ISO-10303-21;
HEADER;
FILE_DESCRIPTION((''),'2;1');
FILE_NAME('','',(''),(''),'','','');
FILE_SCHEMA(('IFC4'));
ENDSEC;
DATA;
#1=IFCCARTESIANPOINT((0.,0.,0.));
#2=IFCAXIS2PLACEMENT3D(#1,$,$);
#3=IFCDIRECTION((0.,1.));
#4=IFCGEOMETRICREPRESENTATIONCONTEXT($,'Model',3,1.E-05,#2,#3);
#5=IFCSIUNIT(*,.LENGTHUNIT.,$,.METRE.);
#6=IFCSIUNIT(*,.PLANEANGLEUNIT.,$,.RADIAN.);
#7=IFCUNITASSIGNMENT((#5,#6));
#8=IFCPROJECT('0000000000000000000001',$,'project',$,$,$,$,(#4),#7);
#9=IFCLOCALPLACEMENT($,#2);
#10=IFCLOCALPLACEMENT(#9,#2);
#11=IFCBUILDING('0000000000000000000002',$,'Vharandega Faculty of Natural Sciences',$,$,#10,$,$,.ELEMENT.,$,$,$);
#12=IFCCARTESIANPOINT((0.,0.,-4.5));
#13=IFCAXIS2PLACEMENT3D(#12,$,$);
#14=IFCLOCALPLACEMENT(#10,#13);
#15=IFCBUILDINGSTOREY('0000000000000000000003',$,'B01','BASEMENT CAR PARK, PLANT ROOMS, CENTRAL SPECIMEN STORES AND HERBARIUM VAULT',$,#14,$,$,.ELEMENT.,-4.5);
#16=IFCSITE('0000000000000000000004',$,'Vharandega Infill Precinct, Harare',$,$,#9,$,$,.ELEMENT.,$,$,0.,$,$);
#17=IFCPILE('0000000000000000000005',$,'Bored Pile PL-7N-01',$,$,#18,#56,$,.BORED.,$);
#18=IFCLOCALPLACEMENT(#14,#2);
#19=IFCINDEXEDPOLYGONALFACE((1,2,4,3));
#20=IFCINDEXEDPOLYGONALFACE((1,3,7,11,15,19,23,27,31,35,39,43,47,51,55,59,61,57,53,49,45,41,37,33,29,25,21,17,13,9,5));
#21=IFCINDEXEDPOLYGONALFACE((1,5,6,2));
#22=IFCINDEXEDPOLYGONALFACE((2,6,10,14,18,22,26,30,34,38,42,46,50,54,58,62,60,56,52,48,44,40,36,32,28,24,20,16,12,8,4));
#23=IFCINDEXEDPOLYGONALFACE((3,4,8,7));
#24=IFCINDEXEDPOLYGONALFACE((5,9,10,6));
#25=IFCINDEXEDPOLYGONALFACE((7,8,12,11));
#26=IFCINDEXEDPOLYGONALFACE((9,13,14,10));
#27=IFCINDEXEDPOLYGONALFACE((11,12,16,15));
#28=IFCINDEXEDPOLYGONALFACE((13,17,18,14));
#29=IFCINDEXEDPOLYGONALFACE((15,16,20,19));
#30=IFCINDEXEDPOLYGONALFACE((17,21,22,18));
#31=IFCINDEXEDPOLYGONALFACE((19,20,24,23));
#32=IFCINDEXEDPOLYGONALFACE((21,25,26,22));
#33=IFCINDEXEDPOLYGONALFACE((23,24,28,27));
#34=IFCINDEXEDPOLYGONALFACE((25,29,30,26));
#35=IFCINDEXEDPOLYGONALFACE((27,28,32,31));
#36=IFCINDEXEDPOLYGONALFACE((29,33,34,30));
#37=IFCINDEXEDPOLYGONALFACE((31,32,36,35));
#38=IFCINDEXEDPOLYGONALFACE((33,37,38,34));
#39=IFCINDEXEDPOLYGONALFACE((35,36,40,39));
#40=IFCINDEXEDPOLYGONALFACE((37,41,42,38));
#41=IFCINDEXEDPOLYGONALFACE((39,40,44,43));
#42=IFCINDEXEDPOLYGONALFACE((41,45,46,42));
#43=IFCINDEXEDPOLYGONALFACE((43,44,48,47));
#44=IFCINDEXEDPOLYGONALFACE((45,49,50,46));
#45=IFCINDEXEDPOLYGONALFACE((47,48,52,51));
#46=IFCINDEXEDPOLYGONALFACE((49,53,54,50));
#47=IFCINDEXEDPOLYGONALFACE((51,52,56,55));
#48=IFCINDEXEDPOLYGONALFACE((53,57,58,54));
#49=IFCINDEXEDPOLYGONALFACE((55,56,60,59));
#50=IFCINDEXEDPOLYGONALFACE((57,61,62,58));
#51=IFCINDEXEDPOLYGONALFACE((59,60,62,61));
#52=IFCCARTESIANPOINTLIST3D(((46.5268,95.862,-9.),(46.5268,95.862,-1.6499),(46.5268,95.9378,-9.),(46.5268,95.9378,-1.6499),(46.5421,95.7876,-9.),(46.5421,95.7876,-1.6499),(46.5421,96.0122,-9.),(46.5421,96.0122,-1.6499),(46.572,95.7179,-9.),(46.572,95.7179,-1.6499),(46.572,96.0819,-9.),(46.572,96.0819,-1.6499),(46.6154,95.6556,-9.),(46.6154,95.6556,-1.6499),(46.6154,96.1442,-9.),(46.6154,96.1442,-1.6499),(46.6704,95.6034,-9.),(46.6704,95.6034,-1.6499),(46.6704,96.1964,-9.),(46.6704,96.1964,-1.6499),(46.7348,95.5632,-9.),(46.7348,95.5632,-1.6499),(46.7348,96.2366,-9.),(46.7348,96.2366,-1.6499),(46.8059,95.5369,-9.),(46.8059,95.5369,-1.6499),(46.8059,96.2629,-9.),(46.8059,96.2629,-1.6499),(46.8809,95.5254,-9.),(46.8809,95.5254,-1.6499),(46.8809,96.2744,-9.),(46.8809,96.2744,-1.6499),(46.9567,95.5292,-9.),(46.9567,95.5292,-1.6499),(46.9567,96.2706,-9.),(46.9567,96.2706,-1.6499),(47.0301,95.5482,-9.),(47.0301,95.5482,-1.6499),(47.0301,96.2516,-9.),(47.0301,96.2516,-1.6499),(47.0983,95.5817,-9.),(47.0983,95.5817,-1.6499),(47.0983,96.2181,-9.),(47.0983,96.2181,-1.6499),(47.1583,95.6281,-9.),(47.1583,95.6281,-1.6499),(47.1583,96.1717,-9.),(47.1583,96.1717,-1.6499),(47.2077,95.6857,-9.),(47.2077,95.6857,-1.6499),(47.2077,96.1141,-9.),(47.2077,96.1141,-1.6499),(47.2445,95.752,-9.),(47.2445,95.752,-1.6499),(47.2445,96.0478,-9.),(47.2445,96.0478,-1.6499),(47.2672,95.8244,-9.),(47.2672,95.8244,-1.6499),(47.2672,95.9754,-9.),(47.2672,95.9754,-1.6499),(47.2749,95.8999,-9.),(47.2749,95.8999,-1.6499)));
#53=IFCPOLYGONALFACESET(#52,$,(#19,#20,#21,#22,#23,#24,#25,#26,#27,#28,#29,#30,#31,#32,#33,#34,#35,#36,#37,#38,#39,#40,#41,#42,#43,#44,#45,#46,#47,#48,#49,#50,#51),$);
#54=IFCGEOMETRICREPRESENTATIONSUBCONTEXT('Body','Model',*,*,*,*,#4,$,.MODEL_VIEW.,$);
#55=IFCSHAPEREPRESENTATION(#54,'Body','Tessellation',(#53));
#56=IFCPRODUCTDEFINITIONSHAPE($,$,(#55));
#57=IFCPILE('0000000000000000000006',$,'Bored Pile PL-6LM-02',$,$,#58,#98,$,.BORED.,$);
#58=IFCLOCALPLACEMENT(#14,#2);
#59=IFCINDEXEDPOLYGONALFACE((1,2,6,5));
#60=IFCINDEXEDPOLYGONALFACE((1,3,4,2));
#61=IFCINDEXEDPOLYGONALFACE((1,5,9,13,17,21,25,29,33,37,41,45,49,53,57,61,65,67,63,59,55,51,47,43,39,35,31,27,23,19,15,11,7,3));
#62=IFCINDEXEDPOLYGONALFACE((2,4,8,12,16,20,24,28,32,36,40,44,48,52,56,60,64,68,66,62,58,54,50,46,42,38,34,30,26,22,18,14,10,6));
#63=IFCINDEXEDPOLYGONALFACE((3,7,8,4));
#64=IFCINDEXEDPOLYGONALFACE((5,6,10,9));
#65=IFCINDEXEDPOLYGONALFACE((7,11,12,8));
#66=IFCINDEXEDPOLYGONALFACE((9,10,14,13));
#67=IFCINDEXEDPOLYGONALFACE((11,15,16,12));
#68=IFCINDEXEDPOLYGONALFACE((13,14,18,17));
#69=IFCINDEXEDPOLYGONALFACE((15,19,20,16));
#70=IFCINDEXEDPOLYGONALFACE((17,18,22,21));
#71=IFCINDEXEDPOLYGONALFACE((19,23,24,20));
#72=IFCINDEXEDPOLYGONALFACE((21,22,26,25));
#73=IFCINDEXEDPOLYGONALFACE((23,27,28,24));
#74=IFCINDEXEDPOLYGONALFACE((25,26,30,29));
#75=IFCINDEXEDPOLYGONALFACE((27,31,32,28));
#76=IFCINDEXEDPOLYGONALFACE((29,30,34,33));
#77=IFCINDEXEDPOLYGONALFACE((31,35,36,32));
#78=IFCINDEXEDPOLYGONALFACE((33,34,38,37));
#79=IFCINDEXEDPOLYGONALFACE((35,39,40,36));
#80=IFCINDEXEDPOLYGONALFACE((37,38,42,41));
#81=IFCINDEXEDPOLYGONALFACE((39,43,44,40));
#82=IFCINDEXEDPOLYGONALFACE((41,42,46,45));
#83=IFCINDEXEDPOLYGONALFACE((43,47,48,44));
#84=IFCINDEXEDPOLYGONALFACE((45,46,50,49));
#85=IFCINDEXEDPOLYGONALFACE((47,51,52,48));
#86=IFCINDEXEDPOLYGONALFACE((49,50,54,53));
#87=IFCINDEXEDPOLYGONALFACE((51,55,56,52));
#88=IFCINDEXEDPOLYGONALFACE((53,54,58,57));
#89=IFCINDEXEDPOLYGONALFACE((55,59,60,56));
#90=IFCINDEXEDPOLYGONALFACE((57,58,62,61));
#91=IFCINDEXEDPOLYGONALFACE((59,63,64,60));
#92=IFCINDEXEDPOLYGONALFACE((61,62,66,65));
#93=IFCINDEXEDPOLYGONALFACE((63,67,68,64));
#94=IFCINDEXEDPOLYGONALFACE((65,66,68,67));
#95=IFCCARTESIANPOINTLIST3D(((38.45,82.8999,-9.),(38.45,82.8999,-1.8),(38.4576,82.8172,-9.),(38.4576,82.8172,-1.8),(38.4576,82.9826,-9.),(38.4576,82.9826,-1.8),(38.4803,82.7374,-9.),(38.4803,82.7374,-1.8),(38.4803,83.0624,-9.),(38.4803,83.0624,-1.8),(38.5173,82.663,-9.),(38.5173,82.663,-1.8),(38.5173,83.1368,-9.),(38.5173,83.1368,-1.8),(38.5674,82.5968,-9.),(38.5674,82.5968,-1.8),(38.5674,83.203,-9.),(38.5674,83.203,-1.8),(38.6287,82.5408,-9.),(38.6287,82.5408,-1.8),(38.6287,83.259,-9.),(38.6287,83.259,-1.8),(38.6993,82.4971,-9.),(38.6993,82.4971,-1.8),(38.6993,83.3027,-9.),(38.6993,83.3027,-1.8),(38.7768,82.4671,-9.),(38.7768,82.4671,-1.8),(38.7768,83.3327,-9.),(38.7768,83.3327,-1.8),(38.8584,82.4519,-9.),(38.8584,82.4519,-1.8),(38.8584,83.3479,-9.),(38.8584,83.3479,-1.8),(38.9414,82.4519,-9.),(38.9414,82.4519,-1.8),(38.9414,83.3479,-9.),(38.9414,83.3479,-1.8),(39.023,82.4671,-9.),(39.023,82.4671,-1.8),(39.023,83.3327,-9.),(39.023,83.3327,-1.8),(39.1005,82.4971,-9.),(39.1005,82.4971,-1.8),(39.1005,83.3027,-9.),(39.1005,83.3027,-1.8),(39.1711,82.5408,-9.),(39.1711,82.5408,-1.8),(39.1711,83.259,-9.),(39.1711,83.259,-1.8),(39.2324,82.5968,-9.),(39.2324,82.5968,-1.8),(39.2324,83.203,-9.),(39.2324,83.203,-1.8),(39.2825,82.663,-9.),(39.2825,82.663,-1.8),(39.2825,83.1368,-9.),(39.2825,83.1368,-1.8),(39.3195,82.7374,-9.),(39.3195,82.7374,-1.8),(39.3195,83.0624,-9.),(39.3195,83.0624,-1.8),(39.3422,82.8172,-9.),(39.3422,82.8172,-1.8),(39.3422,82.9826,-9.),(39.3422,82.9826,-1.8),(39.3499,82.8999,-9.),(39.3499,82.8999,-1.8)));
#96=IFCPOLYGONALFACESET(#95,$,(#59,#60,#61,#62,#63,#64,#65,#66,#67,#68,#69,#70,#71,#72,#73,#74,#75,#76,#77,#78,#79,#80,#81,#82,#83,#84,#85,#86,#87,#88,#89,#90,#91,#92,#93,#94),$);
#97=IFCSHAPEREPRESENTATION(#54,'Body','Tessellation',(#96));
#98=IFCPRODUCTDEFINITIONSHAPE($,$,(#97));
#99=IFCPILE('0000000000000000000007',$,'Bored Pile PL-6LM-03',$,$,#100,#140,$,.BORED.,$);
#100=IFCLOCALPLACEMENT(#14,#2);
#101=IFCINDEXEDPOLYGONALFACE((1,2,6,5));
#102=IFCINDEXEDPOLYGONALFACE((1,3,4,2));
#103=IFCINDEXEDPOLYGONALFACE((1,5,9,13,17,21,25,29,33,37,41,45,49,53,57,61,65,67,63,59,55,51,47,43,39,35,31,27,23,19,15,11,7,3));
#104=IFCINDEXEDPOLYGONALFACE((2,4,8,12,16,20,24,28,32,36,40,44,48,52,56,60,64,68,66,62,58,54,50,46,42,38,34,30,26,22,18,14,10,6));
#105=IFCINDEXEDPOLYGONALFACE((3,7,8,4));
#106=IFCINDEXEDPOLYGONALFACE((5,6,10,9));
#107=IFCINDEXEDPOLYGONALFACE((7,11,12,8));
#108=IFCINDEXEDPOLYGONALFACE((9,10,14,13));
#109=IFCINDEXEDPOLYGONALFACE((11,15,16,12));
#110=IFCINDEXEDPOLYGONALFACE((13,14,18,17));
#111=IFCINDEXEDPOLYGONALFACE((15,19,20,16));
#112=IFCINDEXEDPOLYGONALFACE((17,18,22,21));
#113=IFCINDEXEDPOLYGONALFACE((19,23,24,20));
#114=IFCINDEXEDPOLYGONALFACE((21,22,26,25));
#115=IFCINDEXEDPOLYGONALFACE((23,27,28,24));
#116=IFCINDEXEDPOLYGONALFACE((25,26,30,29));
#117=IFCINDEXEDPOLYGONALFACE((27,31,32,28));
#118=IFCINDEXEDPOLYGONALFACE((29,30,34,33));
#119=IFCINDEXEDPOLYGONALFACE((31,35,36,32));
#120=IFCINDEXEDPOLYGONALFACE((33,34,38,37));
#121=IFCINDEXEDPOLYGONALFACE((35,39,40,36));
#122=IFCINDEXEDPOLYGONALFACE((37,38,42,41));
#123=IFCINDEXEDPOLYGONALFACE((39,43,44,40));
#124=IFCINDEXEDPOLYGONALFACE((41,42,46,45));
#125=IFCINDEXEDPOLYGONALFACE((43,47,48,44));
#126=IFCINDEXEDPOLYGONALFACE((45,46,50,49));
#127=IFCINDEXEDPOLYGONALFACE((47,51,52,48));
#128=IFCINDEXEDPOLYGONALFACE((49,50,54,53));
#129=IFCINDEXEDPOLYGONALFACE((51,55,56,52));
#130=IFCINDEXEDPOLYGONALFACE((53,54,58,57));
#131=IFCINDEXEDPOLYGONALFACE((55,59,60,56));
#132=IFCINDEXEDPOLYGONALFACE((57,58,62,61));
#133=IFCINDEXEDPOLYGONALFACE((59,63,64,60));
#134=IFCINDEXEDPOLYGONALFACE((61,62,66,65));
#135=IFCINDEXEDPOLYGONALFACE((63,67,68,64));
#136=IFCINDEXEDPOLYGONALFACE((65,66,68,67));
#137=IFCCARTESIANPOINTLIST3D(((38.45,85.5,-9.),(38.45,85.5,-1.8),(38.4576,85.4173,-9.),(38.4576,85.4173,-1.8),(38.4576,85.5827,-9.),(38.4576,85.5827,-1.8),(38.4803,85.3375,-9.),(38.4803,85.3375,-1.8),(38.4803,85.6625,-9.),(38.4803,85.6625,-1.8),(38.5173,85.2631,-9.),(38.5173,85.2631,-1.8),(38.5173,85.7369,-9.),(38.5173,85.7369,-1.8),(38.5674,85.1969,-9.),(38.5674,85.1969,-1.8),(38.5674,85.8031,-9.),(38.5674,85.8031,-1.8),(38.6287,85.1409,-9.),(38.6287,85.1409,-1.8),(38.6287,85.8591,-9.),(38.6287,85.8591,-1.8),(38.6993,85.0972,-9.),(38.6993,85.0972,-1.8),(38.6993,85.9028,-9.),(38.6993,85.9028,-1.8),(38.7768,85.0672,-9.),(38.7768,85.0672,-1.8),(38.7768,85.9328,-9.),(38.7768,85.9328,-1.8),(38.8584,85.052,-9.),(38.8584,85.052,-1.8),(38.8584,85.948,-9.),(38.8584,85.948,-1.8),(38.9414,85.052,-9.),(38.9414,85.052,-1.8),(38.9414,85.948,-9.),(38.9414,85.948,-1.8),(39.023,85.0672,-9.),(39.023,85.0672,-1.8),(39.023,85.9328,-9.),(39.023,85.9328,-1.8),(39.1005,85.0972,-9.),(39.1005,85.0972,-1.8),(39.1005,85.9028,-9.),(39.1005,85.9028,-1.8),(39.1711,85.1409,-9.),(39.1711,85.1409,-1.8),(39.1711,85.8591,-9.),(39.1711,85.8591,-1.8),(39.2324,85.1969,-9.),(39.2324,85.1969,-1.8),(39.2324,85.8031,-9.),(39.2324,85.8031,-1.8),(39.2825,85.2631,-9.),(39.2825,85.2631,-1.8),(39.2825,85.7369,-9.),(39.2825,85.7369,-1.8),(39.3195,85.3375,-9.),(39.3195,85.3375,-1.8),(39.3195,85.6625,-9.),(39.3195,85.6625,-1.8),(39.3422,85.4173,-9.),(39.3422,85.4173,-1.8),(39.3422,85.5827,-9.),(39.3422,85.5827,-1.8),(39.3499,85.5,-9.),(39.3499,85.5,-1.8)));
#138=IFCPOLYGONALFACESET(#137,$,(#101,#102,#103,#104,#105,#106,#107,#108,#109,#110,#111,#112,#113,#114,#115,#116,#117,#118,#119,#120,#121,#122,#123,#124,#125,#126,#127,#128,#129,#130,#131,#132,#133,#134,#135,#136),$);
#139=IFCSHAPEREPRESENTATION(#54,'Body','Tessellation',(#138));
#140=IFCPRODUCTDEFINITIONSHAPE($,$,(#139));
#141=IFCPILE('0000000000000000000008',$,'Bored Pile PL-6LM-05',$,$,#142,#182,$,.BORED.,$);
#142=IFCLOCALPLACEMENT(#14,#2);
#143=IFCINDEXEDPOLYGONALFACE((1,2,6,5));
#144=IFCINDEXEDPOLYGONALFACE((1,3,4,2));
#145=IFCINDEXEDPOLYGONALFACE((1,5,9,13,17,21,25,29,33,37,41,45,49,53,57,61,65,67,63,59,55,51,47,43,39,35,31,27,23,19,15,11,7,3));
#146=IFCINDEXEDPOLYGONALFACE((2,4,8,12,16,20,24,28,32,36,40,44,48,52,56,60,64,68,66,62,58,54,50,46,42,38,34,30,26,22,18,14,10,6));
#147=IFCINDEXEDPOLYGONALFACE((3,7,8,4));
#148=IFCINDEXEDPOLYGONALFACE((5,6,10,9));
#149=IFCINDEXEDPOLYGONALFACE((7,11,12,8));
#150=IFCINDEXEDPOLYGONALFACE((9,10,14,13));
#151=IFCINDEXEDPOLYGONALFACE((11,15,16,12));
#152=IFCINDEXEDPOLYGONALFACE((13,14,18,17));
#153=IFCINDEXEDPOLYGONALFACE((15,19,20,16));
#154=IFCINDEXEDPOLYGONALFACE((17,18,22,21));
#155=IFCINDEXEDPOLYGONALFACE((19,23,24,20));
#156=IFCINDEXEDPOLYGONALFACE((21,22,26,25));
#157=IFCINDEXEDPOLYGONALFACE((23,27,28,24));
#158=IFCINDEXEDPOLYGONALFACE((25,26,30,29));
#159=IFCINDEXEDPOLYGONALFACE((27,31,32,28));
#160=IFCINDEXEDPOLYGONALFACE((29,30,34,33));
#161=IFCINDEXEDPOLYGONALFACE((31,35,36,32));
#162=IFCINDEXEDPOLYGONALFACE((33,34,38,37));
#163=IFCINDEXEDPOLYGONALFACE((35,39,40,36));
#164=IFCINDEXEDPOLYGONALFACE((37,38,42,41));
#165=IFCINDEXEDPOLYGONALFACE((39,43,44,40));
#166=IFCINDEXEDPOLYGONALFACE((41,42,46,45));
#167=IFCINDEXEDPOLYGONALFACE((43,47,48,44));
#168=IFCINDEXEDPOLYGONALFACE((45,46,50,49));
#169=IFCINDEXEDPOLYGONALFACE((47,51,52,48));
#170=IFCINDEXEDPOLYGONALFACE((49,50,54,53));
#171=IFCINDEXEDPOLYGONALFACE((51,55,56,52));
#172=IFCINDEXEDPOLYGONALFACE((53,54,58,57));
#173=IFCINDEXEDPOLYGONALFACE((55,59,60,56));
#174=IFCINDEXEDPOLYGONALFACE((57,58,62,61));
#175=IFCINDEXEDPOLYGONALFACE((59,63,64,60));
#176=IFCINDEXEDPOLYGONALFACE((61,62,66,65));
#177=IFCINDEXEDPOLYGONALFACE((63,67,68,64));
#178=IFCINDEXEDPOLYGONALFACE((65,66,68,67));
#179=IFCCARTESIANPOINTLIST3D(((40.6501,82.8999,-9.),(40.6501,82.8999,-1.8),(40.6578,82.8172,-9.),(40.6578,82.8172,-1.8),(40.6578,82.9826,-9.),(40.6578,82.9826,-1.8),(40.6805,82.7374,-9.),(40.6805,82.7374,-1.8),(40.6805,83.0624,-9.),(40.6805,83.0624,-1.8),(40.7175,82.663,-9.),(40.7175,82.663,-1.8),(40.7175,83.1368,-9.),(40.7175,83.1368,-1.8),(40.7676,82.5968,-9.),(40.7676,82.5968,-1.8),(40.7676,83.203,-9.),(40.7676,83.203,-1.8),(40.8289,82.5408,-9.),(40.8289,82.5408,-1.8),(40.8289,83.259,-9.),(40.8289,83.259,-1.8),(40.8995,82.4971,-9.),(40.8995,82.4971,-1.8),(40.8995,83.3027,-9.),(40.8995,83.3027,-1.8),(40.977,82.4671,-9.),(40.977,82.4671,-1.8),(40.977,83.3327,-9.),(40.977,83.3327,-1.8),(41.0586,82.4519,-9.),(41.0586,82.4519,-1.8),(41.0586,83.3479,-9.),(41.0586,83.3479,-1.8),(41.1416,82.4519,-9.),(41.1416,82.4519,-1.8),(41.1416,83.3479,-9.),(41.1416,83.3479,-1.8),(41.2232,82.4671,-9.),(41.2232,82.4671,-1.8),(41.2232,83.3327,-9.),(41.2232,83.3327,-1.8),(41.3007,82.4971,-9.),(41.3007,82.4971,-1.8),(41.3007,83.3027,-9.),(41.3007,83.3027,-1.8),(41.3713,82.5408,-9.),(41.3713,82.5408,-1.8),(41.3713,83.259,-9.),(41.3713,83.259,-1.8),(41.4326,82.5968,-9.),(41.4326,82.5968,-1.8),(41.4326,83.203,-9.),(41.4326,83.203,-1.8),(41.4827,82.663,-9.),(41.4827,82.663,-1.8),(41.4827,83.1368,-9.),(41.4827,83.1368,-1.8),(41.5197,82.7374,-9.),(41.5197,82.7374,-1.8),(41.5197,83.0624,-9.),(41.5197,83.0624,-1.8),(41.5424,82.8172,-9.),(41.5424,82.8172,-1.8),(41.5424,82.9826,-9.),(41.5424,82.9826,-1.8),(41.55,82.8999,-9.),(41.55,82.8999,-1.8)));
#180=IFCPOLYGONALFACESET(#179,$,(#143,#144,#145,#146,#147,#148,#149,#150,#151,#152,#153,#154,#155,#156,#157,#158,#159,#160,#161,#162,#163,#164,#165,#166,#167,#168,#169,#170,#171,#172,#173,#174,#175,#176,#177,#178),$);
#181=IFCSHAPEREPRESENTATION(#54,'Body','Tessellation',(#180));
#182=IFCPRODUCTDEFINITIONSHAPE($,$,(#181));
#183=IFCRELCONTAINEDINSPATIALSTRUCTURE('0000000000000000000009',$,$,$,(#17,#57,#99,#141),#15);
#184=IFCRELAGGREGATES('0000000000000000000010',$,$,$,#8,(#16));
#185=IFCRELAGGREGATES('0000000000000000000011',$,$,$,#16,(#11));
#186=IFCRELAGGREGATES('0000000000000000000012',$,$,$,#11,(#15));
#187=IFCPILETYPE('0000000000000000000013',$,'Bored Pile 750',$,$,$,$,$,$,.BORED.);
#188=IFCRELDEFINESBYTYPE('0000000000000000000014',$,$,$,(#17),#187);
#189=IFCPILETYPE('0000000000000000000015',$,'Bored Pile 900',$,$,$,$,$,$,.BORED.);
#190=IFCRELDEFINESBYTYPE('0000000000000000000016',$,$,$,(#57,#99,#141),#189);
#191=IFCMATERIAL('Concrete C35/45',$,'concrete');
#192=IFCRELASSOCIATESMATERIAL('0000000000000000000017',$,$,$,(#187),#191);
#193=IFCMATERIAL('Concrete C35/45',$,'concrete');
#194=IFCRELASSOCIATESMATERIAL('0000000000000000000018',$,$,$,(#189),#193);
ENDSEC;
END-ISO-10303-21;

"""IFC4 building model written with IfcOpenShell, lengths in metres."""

from ifc_helpers import new_model, si_unit, direction, frame, origin, origin_2d, place, context, subcontext, project, spatial, circle, extrude, material, material_profile, profile_set, type_object, element, save


model = new_model("IFC4")

# Units and contexts
model_context = context("Model", 3, precision=1e-05, world=origin(), true_north=direction((0.0, 1.0)))
body_context = subcontext(model_context, "Body", "Model", "MODEL_VIEW")
ifc_project = project(units=[si_unit("LENGTHUNIT", "METRE"), si_unit("PLANEANGLEUNIT", "RADIAN")], contexts=[model_context])

# Site, building, storey
site_placement = place(None, origin())
site = spatial("IfcSite", under=ifc_project, at=site_placement, Name="Vharandega Infill Precinct, Harare", CompositionType="ELEMENT", RefElevation=0.0)
building_placement = place(site_placement, origin())
building = spatial("IfcBuilding", under=site, at=building_placement, Name="Vharandega Faculty of Natural Sciences", CompositionType="ELEMENT")
storey_placement = place(building_placement, frame((0.0, 0.0, -4.5)))
storey = spatial("IfcBuildingStorey", under=building, at=storey_placement, Name="B01", Description="BASEMENT CAR PARK, PLANT ROOMS, CENTRAL SPECIMEN STORES AND HERBARIUM VAULT", CompositionType="ELEMENT", Elevation=-4.5)

# Piles
ifc_material_1 = material(Name="Concrete C35/45", Category="concrete")
ifc_material_profile_1 = material_profile(ifc_material_1, circle(Radius=0.375, at=origin_2d()), Name="PILE 750")
ifc_profile_set_1 = profile_set([ifc_material_profile_1], Name="Concrete C35/45")
pile_type_1 = type_object("IfcPileType", Name="Bored Pile 750", PredefinedType="BORED", material=ifc_profile_set_1)
for number, where, z_axis, x_axis, name in (
    (1, (46.8999, 95.8999, -1.6499), (0.0, 0.0, -1.0), (1.0, 0.0, 0.0), "Bored Pile PL-7N-01"),
):
    element("IfcPile", number, at=place(storey_placement, frame(where, z_axis=z_axis, x_axis=x_axis)), inside=storey, type_object=pile_type_1, Name=name, PredefinedType="BORED", context=body_context, shape_type="SweptSolid", body=[
        extrude(circle(Radius=0.375, at=origin_2d()), origin(), (0.0, 0.0, 1.0), 7.3501),
    ])
ifc_material_2 = material(Name="Concrete C35/45", Category="concrete")
ifc_material_profile_2 = material_profile(ifc_material_2, circle(Radius=0.45, at=origin_2d()), Name="PILE 900")
ifc_profile_set_2 = profile_set([ifc_material_profile_2], Name="Concrete C35/45")
pile_type_2 = type_object("IfcPileType", Name="Bored Pile 900", PredefinedType="BORED", material=ifc_profile_set_2)
for number, where, z_axis, x_axis, name in (
    (2, (38.8999, 82.8999, -1.8), (0.0, 0.0, -1.0), (1.0, 0.0, 0.0), "Bored Pile PL-6LM-02"),
    (3, (38.8999, 85.5, -1.8), (0.0, 0.0, -1.0), (1.0, 0.0, 0.0), "Bored Pile PL-6LM-03"),
    (4, (41.1001, 82.8999, -1.8), (0.0, 0.0, -1.0), (1.0, 0.0, 0.0), "Bored Pile PL-6LM-05"),
):
    element("IfcPile", number, at=place(storey_placement, frame(where, z_axis=z_axis, x_axis=x_axis)), inside=storey, type_object=pile_type_2, Name=name, PredefinedType="BORED", context=body_context, shape_type="SweptSolid", body=[
        extrude(circle(Radius=0.45, at=origin_2d()), origin(), (0.0, 0.0, 1.0), 7.2),
    ])

save(model, "model.ifc")
